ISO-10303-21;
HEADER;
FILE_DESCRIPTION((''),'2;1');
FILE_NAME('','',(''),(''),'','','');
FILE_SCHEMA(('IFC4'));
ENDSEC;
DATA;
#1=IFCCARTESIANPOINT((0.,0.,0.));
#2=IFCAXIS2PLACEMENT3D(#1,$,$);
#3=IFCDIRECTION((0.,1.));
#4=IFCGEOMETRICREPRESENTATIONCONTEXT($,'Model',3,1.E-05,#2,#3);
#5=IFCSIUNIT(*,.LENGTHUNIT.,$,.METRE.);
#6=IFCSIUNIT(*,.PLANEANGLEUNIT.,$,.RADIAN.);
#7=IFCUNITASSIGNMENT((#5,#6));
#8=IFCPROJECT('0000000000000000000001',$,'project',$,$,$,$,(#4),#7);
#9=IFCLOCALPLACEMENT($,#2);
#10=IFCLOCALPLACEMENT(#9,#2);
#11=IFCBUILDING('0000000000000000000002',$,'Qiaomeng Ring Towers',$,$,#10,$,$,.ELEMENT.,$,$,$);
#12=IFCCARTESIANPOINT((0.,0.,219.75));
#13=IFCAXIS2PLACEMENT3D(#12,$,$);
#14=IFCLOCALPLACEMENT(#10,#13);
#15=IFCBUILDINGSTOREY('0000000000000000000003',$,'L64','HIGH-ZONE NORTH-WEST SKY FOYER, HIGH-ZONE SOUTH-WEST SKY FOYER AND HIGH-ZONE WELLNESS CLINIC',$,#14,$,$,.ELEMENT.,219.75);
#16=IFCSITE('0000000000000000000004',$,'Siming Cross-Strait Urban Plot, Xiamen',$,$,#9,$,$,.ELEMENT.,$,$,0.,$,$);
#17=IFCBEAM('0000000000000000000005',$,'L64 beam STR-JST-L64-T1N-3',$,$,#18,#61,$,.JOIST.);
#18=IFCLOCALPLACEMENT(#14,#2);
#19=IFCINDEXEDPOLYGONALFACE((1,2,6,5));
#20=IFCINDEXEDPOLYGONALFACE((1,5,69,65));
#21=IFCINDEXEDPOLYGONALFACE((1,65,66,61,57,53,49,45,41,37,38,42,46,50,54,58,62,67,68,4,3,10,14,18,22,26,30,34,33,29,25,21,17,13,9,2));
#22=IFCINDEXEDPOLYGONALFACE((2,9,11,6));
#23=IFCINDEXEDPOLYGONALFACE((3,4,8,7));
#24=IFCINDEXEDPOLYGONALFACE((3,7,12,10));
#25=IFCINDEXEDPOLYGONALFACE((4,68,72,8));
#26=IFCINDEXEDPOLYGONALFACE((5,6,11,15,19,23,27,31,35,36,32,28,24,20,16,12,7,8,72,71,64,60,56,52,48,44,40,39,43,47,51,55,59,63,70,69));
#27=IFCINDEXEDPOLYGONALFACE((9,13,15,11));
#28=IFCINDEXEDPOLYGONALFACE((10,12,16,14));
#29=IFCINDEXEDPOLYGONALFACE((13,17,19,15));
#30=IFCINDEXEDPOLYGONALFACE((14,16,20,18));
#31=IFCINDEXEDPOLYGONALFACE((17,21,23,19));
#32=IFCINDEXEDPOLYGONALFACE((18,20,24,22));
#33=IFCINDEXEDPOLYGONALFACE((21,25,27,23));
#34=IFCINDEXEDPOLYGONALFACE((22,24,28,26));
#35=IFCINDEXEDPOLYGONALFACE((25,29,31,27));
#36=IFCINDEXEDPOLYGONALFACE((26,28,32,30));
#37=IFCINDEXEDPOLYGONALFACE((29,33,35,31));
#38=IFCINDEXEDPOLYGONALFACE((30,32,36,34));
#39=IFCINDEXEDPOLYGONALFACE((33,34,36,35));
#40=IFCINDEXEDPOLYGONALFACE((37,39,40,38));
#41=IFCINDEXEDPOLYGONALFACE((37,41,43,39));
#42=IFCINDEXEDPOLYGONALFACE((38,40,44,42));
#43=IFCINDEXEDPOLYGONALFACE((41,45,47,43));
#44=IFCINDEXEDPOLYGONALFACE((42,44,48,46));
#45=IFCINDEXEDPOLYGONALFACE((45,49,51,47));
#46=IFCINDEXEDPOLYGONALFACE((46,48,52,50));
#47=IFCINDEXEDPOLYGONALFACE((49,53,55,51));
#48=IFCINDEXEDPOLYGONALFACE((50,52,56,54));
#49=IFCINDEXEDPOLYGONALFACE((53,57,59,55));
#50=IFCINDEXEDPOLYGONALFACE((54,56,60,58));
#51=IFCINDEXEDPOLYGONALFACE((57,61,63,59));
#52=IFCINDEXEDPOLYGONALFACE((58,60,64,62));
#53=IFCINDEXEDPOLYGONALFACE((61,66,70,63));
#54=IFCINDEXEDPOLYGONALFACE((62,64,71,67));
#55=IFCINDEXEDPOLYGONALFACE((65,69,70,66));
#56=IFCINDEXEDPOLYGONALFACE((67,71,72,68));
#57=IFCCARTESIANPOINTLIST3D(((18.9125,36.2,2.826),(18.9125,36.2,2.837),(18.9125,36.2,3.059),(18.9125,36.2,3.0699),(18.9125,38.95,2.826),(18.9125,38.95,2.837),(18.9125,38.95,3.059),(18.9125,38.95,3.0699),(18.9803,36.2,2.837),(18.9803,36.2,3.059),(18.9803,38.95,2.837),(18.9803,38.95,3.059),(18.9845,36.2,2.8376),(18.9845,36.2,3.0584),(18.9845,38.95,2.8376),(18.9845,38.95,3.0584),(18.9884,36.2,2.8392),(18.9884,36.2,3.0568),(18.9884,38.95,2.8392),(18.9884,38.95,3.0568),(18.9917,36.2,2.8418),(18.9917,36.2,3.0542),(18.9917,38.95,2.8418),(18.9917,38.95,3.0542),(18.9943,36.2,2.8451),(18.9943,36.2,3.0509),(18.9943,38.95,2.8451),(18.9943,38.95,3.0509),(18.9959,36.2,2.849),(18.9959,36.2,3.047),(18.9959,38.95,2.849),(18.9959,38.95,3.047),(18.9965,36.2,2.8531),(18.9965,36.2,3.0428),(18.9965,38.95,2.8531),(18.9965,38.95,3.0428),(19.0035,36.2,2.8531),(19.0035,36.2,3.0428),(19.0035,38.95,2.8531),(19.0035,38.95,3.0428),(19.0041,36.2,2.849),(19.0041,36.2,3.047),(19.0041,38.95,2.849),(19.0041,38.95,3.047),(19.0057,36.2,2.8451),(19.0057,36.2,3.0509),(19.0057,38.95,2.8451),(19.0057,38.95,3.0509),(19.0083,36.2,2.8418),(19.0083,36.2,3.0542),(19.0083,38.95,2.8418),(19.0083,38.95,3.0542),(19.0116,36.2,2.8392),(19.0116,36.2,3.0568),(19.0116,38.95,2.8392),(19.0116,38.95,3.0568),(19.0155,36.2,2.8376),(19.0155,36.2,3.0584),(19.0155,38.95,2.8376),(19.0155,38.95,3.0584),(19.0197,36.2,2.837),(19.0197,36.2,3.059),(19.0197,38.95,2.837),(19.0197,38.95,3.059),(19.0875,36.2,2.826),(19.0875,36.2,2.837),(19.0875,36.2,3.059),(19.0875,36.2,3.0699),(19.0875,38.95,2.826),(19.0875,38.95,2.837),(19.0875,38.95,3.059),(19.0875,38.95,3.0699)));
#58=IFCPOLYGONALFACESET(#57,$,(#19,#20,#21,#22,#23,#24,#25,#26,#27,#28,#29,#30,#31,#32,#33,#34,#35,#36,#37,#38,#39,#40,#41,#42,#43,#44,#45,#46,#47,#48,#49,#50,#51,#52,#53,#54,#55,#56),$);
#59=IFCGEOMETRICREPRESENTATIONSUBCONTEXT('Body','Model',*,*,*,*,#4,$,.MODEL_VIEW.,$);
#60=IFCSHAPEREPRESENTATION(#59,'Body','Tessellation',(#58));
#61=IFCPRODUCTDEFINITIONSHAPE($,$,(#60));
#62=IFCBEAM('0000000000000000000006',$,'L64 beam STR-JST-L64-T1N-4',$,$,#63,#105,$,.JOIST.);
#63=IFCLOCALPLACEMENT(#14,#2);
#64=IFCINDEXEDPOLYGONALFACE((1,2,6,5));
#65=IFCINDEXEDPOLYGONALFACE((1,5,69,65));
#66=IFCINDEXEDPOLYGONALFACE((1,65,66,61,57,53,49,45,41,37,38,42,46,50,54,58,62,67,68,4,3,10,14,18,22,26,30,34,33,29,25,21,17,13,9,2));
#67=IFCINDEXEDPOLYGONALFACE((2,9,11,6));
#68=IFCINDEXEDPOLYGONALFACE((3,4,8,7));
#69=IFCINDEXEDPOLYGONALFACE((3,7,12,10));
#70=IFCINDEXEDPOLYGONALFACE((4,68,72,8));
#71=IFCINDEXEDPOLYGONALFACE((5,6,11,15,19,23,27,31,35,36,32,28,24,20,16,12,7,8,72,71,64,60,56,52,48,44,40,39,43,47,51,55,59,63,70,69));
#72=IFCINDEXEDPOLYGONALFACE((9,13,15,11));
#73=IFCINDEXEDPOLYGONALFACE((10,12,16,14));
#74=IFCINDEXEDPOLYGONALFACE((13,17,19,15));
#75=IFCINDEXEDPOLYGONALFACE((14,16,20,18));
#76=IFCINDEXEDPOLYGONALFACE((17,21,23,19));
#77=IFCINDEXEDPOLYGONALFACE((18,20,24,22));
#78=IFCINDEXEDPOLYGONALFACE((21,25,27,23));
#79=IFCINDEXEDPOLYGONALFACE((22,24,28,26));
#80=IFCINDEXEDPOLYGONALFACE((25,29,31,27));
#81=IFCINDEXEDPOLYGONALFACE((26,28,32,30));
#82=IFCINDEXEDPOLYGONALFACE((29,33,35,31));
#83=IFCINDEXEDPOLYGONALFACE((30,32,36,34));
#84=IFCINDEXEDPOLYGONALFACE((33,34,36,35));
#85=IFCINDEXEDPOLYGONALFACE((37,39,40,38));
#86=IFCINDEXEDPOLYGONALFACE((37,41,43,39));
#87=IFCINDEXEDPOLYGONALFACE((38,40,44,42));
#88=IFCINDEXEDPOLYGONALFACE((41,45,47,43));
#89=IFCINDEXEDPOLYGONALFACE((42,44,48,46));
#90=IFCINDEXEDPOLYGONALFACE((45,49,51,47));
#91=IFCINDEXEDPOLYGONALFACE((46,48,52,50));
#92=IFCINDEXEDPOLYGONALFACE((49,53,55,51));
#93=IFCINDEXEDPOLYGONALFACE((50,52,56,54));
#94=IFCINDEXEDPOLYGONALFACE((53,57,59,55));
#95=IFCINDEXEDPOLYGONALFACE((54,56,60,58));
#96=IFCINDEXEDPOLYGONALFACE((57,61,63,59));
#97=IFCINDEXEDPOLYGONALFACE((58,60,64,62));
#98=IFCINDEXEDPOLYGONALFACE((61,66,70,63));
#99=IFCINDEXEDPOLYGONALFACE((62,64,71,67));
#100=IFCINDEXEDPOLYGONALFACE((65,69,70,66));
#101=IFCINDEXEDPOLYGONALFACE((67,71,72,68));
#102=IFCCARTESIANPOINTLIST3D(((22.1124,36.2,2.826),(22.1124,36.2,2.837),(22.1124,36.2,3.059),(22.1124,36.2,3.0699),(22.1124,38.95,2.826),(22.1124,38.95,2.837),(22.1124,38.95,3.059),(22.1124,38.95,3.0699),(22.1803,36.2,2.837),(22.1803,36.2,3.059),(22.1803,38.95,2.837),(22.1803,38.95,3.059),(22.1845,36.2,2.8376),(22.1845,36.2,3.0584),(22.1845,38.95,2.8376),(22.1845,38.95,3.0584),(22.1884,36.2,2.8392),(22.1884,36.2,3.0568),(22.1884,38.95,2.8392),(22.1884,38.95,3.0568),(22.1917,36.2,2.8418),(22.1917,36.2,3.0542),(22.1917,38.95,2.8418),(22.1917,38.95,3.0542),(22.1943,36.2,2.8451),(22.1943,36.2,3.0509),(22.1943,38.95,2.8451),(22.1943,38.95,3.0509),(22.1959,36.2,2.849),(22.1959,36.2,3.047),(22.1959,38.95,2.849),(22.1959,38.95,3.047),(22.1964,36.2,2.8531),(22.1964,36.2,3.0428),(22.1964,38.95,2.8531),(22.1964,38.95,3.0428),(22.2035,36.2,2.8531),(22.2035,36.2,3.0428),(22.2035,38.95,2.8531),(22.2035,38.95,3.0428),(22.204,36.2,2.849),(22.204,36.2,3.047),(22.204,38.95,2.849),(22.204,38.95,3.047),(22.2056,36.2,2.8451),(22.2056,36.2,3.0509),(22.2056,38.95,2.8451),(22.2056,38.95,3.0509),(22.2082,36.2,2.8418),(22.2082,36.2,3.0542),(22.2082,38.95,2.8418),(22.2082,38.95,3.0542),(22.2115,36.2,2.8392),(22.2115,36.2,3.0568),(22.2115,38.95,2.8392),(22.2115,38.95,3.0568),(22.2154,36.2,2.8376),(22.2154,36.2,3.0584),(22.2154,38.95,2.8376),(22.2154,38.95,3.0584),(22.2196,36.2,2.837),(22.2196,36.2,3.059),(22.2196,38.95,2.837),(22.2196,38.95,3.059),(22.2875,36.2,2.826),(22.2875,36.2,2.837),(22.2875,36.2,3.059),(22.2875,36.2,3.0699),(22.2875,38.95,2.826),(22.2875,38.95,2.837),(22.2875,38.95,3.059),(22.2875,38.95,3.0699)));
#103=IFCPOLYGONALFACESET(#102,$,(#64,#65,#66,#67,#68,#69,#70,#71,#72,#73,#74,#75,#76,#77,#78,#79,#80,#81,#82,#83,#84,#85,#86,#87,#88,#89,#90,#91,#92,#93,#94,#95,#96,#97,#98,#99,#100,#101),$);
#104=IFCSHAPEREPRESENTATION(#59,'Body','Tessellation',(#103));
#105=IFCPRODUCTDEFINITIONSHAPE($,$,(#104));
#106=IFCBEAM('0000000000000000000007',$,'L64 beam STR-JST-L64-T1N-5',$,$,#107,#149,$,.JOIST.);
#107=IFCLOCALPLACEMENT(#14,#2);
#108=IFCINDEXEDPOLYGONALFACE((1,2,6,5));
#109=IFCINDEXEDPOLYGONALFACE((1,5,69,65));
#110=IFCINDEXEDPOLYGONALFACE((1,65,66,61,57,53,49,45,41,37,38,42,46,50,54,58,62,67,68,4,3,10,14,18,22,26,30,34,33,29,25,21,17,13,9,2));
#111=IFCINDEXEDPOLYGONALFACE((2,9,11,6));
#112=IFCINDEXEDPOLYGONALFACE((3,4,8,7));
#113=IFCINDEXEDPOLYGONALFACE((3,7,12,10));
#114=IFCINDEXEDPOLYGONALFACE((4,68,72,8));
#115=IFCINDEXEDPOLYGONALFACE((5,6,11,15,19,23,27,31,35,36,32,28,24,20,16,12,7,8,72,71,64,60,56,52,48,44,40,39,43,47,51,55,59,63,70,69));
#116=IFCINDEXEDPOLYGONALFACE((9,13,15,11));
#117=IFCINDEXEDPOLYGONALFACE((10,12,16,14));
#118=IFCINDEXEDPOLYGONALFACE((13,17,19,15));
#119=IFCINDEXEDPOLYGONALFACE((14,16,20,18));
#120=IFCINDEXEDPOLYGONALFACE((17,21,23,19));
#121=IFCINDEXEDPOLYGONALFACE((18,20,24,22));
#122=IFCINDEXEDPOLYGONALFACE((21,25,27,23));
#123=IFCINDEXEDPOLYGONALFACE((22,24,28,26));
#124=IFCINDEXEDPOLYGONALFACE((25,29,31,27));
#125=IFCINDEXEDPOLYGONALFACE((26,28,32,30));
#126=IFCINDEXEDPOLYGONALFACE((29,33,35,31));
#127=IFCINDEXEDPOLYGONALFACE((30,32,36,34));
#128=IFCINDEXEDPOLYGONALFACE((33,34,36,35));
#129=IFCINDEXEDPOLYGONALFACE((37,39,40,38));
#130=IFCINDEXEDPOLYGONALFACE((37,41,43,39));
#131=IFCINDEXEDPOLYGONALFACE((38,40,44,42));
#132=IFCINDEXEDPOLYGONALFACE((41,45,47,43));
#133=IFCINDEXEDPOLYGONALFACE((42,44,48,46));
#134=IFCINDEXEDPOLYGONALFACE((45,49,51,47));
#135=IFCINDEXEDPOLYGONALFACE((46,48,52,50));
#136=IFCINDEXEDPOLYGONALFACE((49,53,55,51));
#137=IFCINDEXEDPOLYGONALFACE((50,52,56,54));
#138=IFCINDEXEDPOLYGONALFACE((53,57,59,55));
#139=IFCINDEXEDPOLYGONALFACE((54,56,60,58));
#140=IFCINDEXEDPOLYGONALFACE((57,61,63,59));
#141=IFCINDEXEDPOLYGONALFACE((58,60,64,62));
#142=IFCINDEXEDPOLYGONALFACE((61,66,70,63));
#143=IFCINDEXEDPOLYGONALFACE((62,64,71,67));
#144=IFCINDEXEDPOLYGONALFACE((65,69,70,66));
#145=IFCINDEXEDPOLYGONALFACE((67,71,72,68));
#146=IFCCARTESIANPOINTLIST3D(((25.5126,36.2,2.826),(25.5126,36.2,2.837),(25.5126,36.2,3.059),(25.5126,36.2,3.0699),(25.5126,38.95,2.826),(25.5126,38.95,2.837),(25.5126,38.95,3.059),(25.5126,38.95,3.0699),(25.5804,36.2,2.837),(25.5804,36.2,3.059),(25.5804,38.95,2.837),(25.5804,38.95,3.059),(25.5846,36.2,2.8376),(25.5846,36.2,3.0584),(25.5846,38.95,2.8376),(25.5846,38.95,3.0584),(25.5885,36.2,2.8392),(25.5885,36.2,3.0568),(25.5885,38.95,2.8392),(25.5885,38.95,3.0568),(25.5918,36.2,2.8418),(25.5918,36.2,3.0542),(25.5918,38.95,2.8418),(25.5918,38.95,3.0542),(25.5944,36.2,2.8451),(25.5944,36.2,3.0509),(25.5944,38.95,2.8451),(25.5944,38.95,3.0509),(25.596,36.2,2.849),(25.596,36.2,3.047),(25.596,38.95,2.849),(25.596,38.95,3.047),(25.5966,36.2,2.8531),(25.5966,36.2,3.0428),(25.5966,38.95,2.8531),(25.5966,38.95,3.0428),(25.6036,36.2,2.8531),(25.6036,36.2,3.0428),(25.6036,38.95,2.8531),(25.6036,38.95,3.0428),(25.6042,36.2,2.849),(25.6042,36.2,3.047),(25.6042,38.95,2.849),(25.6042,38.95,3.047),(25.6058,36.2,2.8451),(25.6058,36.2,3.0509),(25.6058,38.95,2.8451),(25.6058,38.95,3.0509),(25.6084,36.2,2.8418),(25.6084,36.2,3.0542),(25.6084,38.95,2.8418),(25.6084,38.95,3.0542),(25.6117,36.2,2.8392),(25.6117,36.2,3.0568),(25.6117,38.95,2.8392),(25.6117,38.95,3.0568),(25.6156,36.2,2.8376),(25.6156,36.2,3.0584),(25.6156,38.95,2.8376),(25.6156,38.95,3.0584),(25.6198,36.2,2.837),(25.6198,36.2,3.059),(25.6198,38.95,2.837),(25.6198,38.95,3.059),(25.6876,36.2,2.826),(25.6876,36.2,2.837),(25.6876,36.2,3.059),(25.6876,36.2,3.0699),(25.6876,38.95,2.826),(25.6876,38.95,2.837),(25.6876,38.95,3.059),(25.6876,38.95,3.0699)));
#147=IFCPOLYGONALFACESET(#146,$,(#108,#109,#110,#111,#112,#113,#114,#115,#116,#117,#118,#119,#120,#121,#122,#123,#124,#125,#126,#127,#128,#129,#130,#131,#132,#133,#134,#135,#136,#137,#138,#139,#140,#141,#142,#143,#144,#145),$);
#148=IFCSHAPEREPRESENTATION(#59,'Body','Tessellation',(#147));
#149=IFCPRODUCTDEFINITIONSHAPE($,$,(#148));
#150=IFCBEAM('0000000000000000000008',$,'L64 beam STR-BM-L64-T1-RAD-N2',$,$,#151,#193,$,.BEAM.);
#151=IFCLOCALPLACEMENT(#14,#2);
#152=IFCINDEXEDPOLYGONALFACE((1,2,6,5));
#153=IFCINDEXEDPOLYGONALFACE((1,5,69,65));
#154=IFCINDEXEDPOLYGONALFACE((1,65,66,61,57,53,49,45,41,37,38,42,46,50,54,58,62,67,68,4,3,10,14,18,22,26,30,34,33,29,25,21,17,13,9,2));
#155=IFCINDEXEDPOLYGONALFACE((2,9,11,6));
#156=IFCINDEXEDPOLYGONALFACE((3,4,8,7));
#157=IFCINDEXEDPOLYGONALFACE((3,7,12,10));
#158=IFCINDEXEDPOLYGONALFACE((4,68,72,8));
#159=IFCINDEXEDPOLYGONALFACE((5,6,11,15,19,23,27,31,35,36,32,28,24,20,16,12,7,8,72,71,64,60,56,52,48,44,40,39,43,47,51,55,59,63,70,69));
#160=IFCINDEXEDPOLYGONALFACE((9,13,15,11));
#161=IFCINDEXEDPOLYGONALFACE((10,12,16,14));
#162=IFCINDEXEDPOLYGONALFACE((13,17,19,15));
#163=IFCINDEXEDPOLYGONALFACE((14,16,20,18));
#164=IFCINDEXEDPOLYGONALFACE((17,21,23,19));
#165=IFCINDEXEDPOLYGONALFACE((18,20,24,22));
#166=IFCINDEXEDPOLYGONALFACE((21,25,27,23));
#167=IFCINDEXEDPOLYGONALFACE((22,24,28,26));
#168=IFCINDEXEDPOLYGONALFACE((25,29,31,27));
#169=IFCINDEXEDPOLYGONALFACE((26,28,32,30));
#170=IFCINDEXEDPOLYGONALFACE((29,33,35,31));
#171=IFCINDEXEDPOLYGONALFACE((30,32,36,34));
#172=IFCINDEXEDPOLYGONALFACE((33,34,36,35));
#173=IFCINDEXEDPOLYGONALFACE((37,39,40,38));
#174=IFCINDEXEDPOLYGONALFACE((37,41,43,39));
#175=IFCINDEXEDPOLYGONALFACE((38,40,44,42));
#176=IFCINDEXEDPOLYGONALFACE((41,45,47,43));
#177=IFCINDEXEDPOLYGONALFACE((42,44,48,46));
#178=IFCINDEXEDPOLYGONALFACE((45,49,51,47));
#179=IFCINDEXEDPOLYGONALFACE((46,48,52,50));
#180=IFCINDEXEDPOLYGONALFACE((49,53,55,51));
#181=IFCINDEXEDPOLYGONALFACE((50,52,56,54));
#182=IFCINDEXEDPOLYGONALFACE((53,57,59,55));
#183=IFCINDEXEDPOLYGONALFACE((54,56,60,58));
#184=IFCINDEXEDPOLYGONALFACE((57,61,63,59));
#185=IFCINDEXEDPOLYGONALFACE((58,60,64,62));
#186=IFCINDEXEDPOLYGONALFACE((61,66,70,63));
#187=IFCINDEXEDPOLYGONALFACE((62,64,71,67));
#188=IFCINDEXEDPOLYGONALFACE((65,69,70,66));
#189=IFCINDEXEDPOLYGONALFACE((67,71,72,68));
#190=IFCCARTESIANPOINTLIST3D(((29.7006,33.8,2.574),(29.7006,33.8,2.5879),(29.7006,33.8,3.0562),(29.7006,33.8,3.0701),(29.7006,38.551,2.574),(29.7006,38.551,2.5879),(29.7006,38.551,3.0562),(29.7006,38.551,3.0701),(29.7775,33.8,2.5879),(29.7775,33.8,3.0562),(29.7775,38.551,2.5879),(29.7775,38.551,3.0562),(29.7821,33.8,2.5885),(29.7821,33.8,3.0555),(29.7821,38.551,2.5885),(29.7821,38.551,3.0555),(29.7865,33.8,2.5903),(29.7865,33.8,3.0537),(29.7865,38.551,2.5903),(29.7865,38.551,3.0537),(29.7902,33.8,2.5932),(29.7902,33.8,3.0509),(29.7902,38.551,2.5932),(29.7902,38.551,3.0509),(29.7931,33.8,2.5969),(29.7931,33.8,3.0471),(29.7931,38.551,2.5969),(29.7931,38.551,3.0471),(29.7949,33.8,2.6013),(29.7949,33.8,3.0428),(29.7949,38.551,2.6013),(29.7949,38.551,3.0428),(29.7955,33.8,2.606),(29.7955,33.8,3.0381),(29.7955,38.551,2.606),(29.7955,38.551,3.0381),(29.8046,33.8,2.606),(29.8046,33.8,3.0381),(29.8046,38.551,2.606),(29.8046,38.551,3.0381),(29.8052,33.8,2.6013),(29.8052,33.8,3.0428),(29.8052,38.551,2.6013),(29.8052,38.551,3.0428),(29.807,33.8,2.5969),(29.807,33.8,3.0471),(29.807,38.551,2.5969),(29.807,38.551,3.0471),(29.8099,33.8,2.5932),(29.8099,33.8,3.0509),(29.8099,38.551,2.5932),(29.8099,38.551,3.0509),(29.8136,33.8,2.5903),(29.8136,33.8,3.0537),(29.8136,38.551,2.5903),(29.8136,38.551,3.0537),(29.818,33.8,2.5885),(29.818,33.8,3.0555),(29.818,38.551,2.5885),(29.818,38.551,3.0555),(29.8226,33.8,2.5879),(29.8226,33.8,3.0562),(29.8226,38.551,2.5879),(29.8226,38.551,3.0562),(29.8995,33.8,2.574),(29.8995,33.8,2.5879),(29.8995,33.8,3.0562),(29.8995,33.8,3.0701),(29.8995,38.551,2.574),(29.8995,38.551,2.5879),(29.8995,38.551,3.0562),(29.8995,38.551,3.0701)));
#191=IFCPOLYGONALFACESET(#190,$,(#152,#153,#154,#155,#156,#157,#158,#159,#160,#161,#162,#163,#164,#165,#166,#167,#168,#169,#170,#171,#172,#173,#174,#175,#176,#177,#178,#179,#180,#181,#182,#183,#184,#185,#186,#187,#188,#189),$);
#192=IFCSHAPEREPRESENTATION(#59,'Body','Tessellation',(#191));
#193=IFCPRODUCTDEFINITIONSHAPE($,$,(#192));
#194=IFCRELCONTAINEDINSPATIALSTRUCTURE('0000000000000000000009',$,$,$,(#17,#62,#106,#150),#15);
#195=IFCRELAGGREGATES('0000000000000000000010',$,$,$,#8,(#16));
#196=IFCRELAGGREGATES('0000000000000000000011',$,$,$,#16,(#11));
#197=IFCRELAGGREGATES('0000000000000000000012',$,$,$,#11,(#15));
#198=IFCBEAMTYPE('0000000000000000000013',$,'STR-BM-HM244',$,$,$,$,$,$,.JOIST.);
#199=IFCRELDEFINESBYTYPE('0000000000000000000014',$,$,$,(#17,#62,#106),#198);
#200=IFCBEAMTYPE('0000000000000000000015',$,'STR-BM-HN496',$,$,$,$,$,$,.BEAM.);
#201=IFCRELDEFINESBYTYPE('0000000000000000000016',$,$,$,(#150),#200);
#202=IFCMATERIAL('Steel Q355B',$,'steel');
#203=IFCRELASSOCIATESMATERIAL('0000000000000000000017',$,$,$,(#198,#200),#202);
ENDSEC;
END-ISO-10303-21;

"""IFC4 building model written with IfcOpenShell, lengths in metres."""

from ifc_helpers import new_model, si_unit, direction, frame, origin, origin_2d, place, context, subcontext, project, spatial, i_section, extrude, source, transform, mapped, material, material_profile, profile_set, type_object, element, save


model = new_model("IFC4")

# Units and contexts
model_context = context("Model", 3, precision=1e-05, world=origin(), true_north=direction((0.0, 1.0)))
body_context = subcontext(model_context, "Body", "Model", "MODEL_VIEW")
ifc_project = project(units=[si_unit("LENGTHUNIT", "METRE"), si_unit("PLANEANGLEUNIT", "RADIAN")], contexts=[model_context])

# Site, building, storey
site_placement = place(None, origin())
site = spatial("IfcSite", under=ifc_project, at=site_placement, Name="Siming Cross-Strait Urban Plot, Xiamen", CompositionType="ELEMENT", RefElevation=0.0)
building_placement = place(site_placement, origin())
building = spatial("IfcBuilding", under=site, at=building_placement, Name="Qiaomeng Ring Towers", CompositionType="ELEMENT")
storey_placement = place(building_placement, frame((0.0, 0.0, 219.75)))
storey = spatial("IfcBuildingStorey", under=building, at=storey_placement, Name="L64", Description="HIGH-ZONE NORTH-WEST SKY FOYER, HIGH-ZONE SOUTH-WEST SKY FOYER AND HIGH-ZONE WELLNESS CLINIC", CompositionType="ELEMENT", Elevation=219.75)

# Beams
ifc_material_1 = material(Name="Steel Q355B", Category="steel")
ifc_material_profile_1 = material_profile(ifc_material_1, i_section(OverallWidth=0.175, OverallDepth=0.2439, WebThickness=0.0071, FlangeThickness=0.011, FilletRadius=0.0161, at=origin_2d()), Name="HM 244x175x7x11")
ifc_profile_set_1 = profile_set([ifc_material_profile_1], Name="Steel Q355B")
beam_type_1 = type_object("IfcBeamType", Name="STR-BM-HM244", PredefinedType="JOIST", material=ifc_profile_set_1)
shared_shape_1 = source(origin(), body_context, "Body", "SweptSolid", [
    extrude(i_section(OverallWidth=0.175, OverallDepth=0.2439, WebThickness=0.0071, FlangeThickness=0.011, FilletRadius=0.0161, at=origin_2d()), origin(), (0.0, 0.0, 1.0), 2.75),
])
for number, where, z_axis, x_axis, name in (
    (1, (19.0, 36.2, 2.948), (0.0, 1.0, 0.0), (-1.0, 0.0, 0.0), "L64 beam STR-JST-L64-T1N-3"),
    (2, (22.2, 36.2, 2.948), (0.0, 1.0, 0.0), (-1.0, 0.0, 0.0), "L64 beam STR-JST-L64-T1N-4"),
    (3, (25.6001, 36.2, 2.948), (0.0, 1.0, 0.0), (-1.0, 0.0, 0.0), "L64 beam STR-JST-L64-T1N-5"),
):
    element("IfcBeam", number, at=place(storey_placement, frame(where, z_axis=z_axis, x_axis=x_axis)), inside=storey, type_object=beam_type_1, Name=name, PredefinedType="JOIST", context=body_context, shape_type="MappedRepresentation", body=[
        mapped(shared_shape_1, transform((0.0, 0.0, 0.0), x_axis=(1.0, 0.0, 0.0), y_axis=(0.0, 1.0, 0.0), z_axis=(0.0, 0.0, 1.0), scale=1.0)),
    ])
ifc_material_profile_2 = material_profile(ifc_material_1, i_section(OverallWidth=0.199, OverallDepth=0.4961, WebThickness=0.009, FlangeThickness=0.0139, FilletRadius=0.0181, at=origin_2d()), Name="HN 496x199x9x14")
ifc_profile_set_2 = profile_set([ifc_material_profile_2], Name="Steel Q355B")
beam_type_2 = type_object("IfcBeamType", Name="STR-BM-HN496", PredefinedType="BEAM", material=ifc_profile_set_2)
shared_shape_2 = source(origin(), body_context, "Body", "SweptSolid", [
    extrude(i_section(OverallWidth=0.199, OverallDepth=0.4961, WebThickness=0.009, FlangeThickness=0.0139, FilletRadius=0.0181, at=origin_2d()), origin(), (0.0, 0.0, 1.0), 4.751),
])
beam_1_placement = place(storey_placement, frame((29.8, 38.551, 2.822), z_axis=(0.0, -1.0, 0.0), x_axis=(1.0, 0.0, 0.0)))
element("IfcBeam", 4, at=beam_1_placement, inside=storey, type_object=beam_type_2, Name="L64 beam STR-BM-L64-T1-RAD-N2", PredefinedType="BEAM", context=body_context, shape_type="MappedRepresentation", body=[
    mapped(shared_shape_2, transform((0.0, 0.0, 0.0), x_axis=(1.0, 0.0, 0.0), y_axis=(0.0, 1.0, 0.0), z_axis=(0.0, 0.0, 1.0), scale=1.0)),
])

save(model, "model.ifc")
